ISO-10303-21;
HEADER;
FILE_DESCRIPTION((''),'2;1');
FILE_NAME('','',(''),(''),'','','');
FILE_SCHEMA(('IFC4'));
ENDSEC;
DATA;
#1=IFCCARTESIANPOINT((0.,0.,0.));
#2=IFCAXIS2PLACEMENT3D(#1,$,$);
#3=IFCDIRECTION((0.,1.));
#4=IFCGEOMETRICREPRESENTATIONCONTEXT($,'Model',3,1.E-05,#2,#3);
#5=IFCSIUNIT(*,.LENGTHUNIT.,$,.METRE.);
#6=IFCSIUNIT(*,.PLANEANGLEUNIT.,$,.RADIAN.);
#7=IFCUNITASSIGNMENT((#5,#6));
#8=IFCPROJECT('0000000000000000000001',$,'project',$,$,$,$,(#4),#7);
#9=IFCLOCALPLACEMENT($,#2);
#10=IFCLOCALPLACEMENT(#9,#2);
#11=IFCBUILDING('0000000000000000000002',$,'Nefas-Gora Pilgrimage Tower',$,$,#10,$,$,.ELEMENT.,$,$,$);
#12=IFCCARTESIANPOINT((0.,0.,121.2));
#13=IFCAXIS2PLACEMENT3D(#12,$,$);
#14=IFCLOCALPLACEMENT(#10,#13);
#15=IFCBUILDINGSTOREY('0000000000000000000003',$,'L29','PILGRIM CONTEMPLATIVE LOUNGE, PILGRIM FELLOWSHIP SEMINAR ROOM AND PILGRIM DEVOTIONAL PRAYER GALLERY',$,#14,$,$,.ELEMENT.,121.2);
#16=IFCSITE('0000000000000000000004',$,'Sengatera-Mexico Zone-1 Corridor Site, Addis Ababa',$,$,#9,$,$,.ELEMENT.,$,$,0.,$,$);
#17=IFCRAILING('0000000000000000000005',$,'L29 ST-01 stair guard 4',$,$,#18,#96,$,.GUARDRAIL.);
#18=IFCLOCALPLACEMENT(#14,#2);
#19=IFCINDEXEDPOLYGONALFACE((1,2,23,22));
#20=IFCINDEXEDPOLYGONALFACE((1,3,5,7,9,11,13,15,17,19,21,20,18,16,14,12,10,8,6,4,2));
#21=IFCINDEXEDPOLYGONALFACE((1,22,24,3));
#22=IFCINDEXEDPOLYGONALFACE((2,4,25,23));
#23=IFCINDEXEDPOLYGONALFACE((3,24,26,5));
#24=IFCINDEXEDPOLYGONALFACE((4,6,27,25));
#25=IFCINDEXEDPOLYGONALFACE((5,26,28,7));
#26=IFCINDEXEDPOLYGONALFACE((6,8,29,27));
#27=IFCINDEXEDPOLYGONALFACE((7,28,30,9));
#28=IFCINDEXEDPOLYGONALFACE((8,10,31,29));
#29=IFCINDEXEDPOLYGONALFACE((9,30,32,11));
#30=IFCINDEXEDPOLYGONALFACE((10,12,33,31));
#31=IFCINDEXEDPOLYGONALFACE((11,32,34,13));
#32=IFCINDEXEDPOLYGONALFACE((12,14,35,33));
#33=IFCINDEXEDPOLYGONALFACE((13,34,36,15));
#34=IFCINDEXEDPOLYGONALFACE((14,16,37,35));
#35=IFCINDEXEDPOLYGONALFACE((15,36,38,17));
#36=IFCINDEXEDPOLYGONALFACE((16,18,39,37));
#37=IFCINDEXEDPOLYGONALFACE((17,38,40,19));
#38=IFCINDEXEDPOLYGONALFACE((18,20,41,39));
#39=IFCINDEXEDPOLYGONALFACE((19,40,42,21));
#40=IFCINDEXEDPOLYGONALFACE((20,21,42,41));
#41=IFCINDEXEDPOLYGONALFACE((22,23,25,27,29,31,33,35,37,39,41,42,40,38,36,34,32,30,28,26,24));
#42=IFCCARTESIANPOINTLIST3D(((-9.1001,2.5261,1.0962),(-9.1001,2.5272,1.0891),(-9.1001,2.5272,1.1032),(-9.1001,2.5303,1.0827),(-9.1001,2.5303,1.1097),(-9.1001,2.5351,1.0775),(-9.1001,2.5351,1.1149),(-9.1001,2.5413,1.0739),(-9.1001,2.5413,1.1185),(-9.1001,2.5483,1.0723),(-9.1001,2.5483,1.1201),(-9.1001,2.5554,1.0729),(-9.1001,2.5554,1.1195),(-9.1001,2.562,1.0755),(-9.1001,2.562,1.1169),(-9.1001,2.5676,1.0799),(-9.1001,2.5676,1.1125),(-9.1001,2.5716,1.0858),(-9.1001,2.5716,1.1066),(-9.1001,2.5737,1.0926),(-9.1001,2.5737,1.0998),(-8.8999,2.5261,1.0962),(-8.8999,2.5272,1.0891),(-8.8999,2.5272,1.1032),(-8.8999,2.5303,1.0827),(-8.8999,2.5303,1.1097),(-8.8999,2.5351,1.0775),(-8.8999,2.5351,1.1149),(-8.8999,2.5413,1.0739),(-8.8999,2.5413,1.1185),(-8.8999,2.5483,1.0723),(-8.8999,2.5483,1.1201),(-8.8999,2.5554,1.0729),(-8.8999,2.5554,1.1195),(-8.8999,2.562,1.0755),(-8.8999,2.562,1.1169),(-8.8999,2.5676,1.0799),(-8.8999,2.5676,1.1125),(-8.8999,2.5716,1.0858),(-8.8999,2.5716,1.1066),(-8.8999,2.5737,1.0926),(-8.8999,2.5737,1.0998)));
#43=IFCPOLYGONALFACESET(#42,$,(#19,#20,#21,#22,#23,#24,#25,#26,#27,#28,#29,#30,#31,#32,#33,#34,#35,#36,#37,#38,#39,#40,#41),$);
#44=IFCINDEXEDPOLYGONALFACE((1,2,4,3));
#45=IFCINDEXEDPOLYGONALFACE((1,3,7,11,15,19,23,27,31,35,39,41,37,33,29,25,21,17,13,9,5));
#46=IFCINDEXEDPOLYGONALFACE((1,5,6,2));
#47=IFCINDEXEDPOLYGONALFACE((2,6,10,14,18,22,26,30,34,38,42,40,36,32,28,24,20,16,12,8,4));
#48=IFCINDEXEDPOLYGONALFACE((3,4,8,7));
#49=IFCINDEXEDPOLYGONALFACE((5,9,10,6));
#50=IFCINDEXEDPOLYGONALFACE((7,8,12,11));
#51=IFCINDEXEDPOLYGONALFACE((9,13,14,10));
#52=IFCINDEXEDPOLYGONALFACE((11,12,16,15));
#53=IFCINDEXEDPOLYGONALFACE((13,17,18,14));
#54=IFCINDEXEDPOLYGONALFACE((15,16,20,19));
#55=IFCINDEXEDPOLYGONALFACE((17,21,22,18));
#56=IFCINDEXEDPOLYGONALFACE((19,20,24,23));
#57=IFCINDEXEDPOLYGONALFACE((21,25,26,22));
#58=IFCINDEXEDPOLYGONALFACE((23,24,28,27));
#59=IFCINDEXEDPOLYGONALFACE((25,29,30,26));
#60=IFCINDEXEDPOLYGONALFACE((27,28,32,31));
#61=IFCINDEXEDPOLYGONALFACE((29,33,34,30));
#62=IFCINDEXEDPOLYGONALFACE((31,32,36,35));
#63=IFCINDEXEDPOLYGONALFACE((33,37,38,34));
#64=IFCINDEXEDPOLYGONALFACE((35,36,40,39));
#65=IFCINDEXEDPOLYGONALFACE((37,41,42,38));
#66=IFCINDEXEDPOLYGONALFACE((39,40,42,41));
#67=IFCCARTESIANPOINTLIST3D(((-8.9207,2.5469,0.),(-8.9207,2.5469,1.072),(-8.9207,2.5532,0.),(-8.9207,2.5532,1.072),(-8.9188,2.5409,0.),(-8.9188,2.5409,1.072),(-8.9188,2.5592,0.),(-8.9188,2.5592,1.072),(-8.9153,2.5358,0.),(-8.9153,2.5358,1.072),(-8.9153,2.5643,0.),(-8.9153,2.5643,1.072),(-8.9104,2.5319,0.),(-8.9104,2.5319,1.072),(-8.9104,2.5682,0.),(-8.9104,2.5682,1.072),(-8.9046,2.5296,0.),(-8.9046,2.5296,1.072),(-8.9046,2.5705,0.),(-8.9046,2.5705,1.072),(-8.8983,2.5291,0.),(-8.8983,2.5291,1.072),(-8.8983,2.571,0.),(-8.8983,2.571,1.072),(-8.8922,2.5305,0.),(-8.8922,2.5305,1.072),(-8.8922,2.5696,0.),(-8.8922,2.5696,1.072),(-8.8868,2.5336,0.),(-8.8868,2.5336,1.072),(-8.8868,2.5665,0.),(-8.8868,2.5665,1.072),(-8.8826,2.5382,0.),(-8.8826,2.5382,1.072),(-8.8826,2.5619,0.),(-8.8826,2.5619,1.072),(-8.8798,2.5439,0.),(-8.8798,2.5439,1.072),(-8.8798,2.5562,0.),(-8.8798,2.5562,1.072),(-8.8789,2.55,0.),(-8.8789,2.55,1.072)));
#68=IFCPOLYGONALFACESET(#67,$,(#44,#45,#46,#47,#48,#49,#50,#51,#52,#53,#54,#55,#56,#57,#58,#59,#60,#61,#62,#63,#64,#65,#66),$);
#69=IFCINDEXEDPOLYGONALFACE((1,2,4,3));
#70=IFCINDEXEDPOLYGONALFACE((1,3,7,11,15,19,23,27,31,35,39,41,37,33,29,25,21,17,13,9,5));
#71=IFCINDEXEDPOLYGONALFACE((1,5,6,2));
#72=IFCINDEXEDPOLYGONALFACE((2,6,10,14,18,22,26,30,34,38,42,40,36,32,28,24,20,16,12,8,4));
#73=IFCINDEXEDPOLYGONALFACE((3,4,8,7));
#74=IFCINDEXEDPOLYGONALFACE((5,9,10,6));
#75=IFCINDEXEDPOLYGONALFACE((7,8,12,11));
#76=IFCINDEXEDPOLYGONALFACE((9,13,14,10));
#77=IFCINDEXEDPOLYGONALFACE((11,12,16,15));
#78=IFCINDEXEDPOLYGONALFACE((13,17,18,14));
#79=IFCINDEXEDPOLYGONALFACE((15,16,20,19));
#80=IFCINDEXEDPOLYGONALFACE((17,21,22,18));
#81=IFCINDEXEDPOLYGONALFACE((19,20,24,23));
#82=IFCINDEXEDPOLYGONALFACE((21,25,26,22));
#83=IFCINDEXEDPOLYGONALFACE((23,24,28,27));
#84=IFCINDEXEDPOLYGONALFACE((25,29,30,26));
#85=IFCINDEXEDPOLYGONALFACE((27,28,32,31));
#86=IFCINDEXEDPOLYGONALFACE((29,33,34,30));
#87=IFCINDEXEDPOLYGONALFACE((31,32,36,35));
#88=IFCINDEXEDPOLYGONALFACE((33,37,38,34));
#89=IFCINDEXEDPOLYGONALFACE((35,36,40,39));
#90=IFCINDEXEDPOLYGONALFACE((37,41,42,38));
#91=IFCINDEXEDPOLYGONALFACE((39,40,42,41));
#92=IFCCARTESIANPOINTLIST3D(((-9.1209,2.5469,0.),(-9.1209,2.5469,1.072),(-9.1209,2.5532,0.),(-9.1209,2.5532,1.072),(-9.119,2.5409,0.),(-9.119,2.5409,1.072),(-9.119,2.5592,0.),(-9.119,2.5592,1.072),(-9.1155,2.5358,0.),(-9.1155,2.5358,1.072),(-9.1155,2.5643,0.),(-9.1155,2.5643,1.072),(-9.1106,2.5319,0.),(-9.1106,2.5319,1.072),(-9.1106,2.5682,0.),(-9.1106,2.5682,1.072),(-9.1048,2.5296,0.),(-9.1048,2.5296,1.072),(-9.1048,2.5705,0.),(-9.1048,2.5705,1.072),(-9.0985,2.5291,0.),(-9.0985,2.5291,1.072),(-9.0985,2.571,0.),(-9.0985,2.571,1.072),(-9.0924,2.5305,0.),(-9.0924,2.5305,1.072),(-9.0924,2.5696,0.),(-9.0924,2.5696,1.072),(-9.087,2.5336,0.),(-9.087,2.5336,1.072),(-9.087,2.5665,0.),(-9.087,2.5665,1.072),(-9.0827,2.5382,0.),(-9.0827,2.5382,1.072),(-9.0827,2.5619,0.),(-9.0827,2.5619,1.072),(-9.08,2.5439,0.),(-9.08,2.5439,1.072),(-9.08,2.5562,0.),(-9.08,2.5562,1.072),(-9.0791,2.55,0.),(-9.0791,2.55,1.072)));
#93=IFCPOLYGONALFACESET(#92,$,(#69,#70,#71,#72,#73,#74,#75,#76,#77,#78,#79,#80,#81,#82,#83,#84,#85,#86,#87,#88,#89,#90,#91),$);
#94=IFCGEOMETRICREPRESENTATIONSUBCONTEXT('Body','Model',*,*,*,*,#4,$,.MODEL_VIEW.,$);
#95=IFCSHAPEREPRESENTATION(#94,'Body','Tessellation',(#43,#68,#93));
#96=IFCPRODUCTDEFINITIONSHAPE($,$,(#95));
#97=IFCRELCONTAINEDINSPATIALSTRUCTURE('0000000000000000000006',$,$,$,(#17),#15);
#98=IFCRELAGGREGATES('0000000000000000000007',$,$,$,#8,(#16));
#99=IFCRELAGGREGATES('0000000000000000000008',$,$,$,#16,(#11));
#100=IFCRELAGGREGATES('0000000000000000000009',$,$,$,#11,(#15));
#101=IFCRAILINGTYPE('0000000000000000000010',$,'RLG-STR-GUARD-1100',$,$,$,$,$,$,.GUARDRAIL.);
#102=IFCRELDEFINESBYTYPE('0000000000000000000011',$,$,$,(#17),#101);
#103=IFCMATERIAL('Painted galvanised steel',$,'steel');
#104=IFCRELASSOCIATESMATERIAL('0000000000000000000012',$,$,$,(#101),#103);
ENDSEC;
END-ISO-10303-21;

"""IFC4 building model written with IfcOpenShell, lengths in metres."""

from ifc_helpers import new_model, si_unit, direction, frame, origin, origin_2d, place, context, subcontext, project, spatial, circle, extrude, material, type_object, element, save


model = new_model("IFC4")

# Units and contexts
model_context = context("Model", 3, precision=1e-05, world=origin(), true_north=direction((0.0, 1.0)))
body_context = subcontext(model_context, "Body", "Model", "MODEL_VIEW")
ifc_project = project(units=[si_unit("LENGTHUNIT", "METRE"), si_unit("PLANEANGLEUNIT", "RADIAN")], contexts=[model_context])

# Site, building, storey
site_placement = place(None, origin())
site = spatial("IfcSite", under=ifc_project, at=site_placement, Name="Sengatera-Mexico Zone-1 Corridor Site, Addis Ababa", CompositionType="ELEMENT", RefElevation=0.0)
building_placement = place(site_placement, origin())
building = spatial("IfcBuilding", under=site, at=building_placement, Name="Nefas-Gora Pilgrimage Tower", CompositionType="ELEMENT")
storey_placement = place(building_placement, frame((0.0, 0.0, 121.2)))
storey = spatial("IfcBuildingStorey", under=building, at=storey_placement, Name="L29", Description="PILGRIM CONTEMPLATIVE LOUNGE, PILGRIM FELLOWSHIP SEMINAR ROOM AND PILGRIM DEVOTIONAL PRAYER GALLERY", CompositionType="ELEMENT", Elevation=121.2)

# Railing
ifc_material_1 = material(Name="Painted galvanised steel", Category="steel")
railing_type_1 = type_object("IfcRailingType", Name="RLG-STR-GUARD-1100", PredefinedType="GUARDRAIL", material=ifc_material_1)
railing_1_placement = place(storey_placement, frame((-8.8999, 2.55, 0.0)))
element("IfcRailing", 1, at=railing_1_placement, inside=storey, type_object=railing_type_1, Name="L29 ST-01 stair guard 4", PredefinedType="GUARDRAIL", context=body_context, shape_type="SweptSolid", body=[
    extrude(circle(Radius=0.0239, at=origin_2d()), frame((0.0, 0.0, 1.0962), z_axis=(-1.0, 0.0, 0.0), x_axis=(0.0, -1.0, 0.0)), (0.0, 0.0, 1.0), 0.2002),
    extrude(circle(Radius=0.021, at=origin_2d()), origin(), (0.0, 0.0, 1.0), 1.072),
    extrude(circle(Radius=0.021, at=origin_2d()), frame((-0.2002, 0.0, 0.0)), (0.0, 0.0, 1.0), 1.072),
])

save(model, "model.ifc")
